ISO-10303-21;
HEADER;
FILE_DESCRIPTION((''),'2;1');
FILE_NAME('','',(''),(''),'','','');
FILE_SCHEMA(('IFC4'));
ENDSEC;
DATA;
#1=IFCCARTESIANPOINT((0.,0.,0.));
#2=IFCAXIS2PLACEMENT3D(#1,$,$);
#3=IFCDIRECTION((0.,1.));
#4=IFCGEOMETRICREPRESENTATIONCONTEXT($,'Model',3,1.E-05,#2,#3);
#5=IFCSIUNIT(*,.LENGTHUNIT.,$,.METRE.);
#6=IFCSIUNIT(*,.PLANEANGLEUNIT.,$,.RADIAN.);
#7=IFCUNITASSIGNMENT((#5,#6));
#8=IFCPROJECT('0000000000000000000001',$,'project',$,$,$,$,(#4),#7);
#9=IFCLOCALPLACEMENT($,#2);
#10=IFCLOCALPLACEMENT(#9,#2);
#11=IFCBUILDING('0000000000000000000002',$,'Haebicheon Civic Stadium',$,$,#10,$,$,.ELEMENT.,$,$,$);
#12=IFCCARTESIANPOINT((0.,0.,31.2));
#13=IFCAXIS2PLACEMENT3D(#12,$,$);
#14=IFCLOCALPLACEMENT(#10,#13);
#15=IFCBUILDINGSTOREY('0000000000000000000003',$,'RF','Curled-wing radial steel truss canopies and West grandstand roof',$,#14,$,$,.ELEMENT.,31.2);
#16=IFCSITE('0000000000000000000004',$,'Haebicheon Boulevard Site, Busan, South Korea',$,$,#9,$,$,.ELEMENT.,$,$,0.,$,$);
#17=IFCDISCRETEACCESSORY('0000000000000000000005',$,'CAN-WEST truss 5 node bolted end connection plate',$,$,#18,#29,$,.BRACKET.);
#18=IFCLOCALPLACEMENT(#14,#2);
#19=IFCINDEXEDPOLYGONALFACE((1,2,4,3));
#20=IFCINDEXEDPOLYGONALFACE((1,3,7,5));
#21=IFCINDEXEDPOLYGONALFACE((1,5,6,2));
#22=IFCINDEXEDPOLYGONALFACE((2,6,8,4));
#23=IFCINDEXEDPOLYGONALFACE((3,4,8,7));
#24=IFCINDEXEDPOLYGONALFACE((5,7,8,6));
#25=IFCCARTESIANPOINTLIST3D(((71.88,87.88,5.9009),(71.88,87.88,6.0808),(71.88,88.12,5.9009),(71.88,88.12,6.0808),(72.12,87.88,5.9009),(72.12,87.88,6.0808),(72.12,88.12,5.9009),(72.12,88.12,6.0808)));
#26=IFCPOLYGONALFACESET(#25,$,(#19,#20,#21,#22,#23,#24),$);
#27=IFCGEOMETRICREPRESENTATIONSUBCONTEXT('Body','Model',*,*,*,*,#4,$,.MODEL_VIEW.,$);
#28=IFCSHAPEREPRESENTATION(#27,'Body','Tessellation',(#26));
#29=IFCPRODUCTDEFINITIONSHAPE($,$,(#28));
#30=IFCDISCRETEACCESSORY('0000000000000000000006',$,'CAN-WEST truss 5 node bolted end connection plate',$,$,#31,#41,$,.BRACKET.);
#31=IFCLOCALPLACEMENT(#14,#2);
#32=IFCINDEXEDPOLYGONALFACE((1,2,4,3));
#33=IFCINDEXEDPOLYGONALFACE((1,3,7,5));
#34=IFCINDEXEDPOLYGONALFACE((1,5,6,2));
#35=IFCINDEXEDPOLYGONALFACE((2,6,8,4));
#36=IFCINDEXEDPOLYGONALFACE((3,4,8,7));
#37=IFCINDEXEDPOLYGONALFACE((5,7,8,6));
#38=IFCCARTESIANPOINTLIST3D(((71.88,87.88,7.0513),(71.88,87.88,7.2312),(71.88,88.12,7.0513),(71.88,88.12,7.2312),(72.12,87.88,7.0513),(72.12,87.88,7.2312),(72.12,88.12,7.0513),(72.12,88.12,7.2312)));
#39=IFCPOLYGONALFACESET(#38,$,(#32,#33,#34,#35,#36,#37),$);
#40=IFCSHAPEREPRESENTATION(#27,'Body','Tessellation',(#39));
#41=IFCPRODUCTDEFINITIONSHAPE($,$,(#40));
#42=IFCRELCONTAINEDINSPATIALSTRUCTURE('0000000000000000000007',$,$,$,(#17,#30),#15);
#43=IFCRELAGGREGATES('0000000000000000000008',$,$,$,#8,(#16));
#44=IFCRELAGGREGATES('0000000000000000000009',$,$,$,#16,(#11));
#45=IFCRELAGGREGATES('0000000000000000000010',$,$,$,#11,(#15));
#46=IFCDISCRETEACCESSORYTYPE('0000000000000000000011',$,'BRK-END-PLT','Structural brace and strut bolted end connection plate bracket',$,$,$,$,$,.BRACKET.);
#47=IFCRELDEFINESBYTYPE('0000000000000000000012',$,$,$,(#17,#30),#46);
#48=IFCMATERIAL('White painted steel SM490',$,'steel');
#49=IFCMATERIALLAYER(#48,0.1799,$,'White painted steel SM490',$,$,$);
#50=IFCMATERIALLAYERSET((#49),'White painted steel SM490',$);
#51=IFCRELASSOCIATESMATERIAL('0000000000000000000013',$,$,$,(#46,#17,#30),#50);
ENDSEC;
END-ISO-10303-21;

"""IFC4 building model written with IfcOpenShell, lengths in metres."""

from ifc_helpers import new_model, si_unit, direction, frame, origin, origin_2d, place, context, subcontext, project, spatial, rectangle, extrude, material, layer, layer_set, type_object, element, save


model = new_model("IFC4")

# Units and contexts
model_context = context("Model", 3, precision=1e-05, world=origin(), true_north=direction((0.0, 1.0)))
body_context = subcontext(model_context, "Body", "Model", "MODEL_VIEW")
ifc_project = project(units=[si_unit("LENGTHUNIT", "METRE"), si_unit("PLANEANGLEUNIT", "RADIAN")], contexts=[model_context])

# Site, building, storey
site_placement = place(None, origin())
site = spatial("IfcSite", under=ifc_project, at=site_placement, Name="Haebicheon Boulevard Site, Busan, South Korea", CompositionType="ELEMENT", RefElevation=0.0)
building_placement = place(site_placement, origin())
building = spatial("IfcBuilding", under=site, at=building_placement, Name="Haebicheon Civic Stadium", CompositionType="ELEMENT")
storey_placement = place(building_placement, frame((0.0, 0.0, 31.2)))
storey = spatial("IfcBuildingStorey", under=building, at=storey_placement, Name="RF", Description="Curled-wing radial steel truss canopies and West grandstand roof", CompositionType="ELEMENT", Elevation=31.2)

# Discrete accessories
ifc_material_1 = material(Name="White painted steel SM490", Category="steel")
ifc_layer = layer(ifc_material_1, 0.1799, Name="White painted steel SM490")
ifc_layer_set = layer_set([ifc_layer], Name="White painted steel SM490")
discrete_accessory_type = type_object("IfcDiscreteAccessoryType", Name="BRK-END-PLT", Description="Structural brace and strut bolted end connection plate bracket", PredefinedType="BRACKET", material=ifc_layer_set)
for number, where, z_axis, x_axis, name in (
    (1, (72.0, 88.0, 5.9009), (0.0, 0.0, 1.0), (1.0, 0.0, 0.0), "CAN-WEST truss 5 node bolted end connection plate"),
    (2, (72.0, 88.0, 7.0513), (0.0, 0.0, 1.0), (1.0, 0.0, 0.0), "CAN-WEST truss 5 node bolted end connection plate"),
):
    element("IfcDiscreteAccessory", number, at=place(storey_placement, frame(where, z_axis=z_axis, x_axis=x_axis)), inside=storey, type_object=discrete_accessory_type, material=ifc_layer_set, Name=name, PredefinedType="BRACKET", context=body_context, shape_type="SweptSolid", body=[
        extrude(rectangle(XDim=0.24, YDim=0.24, at=origin_2d()), origin(), (0.0, 0.0, 1.0), 0.1799),
    ])

save(model, "model.ifc")
